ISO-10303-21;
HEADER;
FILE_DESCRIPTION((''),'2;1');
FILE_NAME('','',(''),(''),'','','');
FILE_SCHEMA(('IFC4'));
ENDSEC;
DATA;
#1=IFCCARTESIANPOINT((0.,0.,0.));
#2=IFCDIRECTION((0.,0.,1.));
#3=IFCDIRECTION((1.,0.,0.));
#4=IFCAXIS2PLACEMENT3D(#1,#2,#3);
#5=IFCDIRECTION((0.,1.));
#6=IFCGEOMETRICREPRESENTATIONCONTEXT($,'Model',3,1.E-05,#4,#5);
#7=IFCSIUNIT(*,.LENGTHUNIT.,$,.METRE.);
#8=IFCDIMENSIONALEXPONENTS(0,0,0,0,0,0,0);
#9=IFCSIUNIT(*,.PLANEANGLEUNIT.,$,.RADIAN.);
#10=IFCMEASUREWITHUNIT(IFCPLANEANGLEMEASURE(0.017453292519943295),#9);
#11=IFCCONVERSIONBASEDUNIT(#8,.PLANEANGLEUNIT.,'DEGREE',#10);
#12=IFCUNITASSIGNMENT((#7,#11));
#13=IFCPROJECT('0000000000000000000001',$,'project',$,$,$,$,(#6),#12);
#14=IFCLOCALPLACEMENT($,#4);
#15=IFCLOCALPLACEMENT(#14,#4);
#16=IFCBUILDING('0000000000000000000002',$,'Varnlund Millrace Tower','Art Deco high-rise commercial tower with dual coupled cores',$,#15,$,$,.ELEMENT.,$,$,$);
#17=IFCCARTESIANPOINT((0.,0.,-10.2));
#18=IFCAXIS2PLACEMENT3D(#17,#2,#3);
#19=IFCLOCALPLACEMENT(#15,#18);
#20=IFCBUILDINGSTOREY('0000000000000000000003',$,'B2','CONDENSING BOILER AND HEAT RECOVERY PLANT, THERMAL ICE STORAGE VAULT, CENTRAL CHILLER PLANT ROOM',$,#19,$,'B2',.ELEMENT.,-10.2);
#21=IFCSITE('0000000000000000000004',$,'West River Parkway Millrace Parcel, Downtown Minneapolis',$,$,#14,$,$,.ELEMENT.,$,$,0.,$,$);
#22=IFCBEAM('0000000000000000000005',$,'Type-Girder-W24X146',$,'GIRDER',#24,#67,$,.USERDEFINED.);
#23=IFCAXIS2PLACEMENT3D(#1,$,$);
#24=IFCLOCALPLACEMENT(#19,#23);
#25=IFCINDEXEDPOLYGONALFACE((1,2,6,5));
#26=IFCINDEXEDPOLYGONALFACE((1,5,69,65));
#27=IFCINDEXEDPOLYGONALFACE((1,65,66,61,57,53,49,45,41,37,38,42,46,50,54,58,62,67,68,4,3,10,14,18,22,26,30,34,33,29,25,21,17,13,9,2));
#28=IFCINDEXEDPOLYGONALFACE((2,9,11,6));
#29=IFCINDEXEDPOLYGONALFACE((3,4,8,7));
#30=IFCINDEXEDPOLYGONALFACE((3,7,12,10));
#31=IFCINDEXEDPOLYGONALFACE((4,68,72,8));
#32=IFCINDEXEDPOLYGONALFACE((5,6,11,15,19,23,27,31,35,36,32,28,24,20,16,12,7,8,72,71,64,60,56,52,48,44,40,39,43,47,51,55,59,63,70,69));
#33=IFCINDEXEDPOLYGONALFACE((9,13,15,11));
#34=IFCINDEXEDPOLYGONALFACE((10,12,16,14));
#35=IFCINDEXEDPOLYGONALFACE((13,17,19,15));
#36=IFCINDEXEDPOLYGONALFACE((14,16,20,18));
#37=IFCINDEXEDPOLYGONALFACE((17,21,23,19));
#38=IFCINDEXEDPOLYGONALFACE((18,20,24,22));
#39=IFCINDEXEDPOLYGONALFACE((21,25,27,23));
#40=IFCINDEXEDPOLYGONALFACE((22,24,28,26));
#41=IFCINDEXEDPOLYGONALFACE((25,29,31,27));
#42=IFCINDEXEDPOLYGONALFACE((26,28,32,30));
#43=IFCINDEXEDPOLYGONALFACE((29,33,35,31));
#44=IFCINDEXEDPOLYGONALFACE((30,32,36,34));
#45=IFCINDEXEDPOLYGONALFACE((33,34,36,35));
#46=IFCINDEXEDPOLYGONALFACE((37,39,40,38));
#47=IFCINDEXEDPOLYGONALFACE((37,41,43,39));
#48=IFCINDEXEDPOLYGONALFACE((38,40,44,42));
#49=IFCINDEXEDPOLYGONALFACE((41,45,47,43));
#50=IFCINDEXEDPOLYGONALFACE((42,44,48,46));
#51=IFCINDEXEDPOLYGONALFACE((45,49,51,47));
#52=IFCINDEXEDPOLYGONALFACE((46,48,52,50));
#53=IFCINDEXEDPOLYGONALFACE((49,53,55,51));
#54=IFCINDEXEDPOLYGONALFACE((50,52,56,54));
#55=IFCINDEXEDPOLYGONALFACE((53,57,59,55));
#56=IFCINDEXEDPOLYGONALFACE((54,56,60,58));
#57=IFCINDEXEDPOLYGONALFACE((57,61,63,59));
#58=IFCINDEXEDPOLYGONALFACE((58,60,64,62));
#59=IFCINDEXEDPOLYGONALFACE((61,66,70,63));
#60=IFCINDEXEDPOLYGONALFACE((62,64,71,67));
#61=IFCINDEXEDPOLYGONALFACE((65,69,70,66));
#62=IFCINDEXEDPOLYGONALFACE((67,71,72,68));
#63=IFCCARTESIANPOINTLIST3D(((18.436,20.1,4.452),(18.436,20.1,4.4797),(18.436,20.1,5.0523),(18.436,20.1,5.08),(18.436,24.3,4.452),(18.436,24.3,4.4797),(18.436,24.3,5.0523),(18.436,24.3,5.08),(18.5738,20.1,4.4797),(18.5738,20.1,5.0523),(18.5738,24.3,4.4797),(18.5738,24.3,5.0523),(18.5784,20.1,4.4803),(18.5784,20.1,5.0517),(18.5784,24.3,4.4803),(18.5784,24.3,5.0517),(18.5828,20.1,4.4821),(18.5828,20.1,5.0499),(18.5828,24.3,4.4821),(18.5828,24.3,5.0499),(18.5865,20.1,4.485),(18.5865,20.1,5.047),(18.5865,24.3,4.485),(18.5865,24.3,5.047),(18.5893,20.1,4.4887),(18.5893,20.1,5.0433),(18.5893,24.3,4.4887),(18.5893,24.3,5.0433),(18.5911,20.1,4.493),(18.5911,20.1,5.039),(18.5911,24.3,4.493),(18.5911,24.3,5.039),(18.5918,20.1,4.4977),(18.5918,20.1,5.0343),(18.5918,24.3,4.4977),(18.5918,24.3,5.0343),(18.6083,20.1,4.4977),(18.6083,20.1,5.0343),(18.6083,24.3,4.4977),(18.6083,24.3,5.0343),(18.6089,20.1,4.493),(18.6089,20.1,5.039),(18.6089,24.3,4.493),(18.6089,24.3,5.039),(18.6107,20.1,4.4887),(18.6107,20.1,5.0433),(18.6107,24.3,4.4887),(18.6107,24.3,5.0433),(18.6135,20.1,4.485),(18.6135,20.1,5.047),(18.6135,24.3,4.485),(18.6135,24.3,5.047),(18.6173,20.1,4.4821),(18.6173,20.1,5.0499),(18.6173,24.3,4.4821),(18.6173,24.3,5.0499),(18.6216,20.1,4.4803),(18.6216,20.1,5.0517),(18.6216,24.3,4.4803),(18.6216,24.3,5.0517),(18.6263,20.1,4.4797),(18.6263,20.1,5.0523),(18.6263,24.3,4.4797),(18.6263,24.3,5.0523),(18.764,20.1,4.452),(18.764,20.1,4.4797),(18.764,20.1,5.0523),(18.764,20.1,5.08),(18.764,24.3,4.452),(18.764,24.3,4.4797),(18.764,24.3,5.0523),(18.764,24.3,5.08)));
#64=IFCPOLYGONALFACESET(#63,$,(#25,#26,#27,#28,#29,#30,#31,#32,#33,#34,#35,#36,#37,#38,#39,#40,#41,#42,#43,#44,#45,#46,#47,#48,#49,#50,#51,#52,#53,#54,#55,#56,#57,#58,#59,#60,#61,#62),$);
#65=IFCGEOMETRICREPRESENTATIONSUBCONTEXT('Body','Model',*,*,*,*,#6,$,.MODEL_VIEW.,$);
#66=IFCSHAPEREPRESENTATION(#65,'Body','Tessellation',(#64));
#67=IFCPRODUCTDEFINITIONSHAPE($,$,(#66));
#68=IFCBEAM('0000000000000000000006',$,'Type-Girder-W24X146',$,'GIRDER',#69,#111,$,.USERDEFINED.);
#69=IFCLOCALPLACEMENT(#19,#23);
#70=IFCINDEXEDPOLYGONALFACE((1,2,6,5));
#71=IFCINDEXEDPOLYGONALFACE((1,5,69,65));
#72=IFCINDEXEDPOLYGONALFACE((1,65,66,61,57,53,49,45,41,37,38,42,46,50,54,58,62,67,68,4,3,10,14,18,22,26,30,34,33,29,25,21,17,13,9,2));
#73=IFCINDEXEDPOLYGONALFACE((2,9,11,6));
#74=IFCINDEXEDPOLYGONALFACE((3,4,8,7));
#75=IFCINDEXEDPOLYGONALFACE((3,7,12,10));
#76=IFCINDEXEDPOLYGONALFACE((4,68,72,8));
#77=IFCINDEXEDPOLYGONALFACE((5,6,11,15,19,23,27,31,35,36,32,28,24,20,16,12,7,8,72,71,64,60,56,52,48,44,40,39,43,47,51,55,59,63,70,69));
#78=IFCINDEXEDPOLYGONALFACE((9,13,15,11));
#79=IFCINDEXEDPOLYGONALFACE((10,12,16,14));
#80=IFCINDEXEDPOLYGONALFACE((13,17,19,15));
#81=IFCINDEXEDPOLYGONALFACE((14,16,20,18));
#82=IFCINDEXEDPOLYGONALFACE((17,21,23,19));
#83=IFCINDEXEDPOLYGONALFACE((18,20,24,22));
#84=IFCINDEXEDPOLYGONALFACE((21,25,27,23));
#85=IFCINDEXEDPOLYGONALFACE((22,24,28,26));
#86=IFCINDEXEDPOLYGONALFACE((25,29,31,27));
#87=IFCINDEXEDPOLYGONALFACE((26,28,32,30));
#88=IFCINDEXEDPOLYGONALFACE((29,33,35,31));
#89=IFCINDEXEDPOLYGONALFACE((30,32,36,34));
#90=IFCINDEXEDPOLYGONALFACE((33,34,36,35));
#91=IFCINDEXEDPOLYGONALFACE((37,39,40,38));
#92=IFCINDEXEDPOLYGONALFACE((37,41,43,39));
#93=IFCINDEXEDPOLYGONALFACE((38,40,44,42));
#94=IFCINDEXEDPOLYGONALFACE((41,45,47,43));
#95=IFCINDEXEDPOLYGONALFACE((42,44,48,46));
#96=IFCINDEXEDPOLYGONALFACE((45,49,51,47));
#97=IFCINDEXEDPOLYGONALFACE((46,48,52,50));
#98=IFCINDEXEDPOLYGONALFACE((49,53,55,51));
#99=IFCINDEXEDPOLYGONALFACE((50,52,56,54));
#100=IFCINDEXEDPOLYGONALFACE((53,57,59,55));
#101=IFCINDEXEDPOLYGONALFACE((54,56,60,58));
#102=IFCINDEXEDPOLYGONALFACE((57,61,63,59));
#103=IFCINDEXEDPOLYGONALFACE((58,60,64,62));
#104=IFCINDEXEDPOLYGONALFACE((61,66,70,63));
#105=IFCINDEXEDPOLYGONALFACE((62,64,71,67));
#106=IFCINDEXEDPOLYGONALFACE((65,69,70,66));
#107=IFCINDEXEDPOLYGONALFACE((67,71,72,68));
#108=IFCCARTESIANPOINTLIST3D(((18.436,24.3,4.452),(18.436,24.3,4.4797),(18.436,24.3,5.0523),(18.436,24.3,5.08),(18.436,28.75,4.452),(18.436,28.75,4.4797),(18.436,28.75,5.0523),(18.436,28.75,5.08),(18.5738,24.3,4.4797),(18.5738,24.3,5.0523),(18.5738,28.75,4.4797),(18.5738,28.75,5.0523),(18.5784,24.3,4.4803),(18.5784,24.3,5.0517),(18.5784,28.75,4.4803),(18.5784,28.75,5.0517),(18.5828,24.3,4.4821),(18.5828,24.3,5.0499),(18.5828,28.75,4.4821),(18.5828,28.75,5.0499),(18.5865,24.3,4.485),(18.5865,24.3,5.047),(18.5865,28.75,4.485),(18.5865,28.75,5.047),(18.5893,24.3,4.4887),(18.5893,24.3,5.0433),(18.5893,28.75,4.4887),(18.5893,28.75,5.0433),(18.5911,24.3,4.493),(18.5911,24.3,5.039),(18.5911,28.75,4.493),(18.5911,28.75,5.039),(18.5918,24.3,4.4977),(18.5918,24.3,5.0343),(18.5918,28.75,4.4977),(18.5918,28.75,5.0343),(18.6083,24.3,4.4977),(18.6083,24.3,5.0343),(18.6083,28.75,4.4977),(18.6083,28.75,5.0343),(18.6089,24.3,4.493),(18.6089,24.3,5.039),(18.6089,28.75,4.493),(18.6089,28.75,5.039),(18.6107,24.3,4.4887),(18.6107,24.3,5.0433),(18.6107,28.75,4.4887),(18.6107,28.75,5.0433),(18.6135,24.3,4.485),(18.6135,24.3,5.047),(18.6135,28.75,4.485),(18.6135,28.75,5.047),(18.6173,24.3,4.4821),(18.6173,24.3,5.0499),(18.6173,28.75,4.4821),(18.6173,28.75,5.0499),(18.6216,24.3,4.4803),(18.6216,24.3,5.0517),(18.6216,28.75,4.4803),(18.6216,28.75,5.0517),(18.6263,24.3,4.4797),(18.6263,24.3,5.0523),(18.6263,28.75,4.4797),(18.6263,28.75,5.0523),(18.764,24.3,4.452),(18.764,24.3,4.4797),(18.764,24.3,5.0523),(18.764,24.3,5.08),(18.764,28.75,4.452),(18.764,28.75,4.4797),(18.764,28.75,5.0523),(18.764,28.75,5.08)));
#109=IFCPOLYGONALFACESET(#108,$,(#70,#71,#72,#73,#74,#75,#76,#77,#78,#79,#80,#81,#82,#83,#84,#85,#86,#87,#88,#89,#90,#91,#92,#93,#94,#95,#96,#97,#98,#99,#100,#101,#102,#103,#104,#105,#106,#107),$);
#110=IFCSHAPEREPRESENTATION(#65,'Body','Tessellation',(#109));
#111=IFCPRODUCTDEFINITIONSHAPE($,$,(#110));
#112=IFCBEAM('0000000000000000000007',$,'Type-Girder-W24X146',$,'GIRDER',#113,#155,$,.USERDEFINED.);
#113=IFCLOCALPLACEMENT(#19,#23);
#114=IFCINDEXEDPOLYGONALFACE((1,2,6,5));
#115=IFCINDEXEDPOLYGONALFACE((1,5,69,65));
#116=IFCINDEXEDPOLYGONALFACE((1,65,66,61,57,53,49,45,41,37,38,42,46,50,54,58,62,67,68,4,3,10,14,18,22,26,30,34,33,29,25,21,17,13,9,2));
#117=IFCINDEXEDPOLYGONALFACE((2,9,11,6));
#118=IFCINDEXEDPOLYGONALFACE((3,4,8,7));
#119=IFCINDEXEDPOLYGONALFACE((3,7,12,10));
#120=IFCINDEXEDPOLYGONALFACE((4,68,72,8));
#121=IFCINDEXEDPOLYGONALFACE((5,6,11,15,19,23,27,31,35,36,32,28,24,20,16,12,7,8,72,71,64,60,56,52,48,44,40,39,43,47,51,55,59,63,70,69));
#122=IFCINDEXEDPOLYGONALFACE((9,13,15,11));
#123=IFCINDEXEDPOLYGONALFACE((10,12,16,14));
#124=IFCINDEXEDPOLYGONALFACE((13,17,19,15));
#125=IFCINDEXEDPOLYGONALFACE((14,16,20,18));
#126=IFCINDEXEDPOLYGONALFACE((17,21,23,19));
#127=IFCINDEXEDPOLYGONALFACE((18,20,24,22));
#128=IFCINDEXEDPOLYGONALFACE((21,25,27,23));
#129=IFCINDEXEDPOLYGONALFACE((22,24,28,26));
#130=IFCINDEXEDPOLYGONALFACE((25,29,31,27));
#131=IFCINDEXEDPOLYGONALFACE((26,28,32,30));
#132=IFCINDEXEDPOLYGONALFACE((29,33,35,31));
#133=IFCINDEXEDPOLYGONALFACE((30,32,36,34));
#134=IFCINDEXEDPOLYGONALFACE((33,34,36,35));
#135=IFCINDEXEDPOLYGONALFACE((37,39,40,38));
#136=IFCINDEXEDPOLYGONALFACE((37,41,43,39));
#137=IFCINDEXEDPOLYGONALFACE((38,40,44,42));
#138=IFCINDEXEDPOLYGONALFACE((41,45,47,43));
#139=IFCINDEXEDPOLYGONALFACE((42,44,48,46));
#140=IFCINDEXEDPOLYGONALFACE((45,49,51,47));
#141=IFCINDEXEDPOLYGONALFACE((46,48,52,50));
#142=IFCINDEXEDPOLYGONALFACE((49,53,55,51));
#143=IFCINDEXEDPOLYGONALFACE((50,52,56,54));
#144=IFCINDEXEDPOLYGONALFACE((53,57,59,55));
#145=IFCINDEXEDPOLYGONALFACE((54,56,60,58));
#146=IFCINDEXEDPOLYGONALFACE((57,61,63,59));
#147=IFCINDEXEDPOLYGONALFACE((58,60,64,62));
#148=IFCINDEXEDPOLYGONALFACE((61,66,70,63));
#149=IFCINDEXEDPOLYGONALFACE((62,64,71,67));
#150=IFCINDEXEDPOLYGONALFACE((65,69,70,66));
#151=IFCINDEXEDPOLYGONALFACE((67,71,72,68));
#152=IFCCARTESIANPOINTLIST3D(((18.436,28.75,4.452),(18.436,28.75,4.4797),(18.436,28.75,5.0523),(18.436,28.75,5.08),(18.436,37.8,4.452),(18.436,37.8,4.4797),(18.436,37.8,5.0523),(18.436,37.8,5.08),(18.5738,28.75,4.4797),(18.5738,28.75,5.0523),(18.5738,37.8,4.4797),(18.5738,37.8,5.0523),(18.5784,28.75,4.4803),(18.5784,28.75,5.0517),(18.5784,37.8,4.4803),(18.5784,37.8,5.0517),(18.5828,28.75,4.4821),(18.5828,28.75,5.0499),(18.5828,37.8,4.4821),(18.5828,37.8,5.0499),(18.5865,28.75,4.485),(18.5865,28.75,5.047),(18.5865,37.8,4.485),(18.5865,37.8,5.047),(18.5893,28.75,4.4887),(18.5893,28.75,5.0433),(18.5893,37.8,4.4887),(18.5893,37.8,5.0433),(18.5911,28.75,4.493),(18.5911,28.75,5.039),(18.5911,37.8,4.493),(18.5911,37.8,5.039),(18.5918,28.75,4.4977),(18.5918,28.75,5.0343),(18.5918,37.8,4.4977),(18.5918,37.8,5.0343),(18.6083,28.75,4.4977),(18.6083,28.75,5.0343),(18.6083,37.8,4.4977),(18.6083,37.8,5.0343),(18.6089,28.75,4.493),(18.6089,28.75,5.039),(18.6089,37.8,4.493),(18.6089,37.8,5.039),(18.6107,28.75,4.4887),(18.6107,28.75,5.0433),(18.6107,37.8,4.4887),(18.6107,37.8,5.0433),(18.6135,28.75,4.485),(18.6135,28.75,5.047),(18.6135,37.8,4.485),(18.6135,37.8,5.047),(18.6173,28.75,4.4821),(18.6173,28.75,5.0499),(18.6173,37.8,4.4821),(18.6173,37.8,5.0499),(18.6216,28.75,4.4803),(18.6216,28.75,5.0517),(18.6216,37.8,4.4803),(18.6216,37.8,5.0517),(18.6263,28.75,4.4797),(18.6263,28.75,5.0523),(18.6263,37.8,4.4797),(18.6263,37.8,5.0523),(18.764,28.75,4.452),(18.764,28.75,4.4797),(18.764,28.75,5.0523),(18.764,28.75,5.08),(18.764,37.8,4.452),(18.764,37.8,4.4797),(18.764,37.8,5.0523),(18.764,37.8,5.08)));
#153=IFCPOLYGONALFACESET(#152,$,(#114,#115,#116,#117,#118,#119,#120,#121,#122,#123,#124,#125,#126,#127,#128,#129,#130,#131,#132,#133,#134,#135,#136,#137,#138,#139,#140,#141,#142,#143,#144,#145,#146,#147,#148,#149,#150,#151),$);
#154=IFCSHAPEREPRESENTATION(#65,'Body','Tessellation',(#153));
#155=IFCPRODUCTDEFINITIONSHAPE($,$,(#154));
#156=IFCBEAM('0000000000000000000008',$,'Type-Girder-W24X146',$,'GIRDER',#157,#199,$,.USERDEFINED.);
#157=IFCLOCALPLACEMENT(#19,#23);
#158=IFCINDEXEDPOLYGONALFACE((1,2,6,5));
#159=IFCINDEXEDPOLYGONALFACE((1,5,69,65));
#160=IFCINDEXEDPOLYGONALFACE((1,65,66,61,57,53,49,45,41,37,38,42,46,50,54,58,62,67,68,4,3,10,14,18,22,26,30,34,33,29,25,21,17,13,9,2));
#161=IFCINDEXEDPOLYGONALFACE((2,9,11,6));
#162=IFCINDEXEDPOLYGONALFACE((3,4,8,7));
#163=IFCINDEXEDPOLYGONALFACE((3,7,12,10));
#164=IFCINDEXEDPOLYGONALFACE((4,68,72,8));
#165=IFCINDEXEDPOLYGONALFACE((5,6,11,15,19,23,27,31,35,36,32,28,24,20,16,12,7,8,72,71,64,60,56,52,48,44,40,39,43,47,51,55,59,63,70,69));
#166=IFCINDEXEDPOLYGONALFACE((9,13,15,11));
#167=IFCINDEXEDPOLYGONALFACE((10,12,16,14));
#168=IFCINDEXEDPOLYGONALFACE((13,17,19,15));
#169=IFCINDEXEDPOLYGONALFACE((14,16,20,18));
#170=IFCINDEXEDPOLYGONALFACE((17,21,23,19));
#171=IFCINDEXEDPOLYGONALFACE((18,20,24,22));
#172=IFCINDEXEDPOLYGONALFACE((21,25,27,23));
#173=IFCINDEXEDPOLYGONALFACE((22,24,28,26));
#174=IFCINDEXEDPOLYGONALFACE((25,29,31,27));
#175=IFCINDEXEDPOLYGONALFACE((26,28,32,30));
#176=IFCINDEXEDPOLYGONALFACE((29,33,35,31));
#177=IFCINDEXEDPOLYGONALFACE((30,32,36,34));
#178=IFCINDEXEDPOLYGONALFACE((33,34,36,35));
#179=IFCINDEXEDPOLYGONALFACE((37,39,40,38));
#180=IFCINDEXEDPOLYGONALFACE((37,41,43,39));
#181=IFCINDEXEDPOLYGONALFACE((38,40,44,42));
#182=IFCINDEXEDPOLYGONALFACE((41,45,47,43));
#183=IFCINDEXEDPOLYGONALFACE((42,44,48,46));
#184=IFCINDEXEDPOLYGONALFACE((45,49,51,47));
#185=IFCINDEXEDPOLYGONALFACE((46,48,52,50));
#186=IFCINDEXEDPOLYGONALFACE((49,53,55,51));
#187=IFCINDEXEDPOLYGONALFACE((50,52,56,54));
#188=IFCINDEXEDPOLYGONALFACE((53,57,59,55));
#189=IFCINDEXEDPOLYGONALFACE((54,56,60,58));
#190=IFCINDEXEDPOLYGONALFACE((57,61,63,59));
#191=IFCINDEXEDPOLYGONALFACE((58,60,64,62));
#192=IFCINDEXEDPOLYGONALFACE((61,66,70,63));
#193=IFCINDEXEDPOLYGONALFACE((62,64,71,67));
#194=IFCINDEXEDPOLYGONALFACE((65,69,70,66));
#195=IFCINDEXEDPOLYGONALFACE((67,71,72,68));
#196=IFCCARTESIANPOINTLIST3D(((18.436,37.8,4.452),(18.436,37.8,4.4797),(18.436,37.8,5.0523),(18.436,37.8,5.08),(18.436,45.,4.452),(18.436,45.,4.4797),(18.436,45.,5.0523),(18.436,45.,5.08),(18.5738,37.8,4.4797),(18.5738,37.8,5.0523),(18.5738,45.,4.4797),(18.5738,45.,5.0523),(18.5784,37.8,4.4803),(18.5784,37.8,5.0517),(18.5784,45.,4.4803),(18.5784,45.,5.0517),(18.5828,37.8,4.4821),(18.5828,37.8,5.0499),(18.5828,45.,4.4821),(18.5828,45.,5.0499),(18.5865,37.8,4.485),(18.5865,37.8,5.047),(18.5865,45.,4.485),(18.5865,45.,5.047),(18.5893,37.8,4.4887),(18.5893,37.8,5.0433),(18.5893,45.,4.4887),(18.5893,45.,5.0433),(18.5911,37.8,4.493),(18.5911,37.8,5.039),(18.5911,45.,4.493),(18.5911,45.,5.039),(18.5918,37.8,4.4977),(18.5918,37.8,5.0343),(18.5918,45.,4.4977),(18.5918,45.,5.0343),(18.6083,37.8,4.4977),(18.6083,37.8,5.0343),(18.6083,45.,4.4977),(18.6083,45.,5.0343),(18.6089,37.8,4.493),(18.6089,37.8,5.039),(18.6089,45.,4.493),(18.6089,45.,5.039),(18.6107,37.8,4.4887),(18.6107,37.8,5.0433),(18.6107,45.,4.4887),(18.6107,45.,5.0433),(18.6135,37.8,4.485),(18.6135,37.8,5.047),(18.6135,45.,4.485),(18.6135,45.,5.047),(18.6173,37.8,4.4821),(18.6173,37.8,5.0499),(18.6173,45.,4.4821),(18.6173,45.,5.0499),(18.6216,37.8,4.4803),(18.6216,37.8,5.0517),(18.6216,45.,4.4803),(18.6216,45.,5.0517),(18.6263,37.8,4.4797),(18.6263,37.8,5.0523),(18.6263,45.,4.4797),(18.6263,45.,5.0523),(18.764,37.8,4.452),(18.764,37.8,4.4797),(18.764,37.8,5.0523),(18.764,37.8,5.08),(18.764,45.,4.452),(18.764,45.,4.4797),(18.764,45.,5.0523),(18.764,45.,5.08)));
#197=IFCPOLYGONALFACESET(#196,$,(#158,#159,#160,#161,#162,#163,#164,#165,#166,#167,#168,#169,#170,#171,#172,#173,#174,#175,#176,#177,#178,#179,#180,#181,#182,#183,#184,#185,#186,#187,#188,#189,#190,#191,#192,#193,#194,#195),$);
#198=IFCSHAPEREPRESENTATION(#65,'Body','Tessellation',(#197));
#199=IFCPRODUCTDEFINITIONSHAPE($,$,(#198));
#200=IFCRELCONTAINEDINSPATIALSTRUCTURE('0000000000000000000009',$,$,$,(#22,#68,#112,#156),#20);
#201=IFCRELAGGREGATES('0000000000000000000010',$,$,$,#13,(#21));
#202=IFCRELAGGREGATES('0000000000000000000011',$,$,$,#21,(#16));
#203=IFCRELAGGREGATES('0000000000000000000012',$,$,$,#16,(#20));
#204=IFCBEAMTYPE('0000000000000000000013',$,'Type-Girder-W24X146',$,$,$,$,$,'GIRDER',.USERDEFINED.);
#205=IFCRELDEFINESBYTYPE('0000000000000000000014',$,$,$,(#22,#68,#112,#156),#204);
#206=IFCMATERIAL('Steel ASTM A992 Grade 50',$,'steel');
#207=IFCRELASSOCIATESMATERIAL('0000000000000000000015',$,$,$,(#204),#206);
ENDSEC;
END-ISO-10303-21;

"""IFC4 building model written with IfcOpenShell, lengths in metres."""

from ifc_helpers import new_model, entity, si_unit, converted_unit, direction, frame, origin_with_axes, origin_2d_with_axis, place, context, subcontext, project, spatial, i_section, extrude, material, material_profile, profile_set, type_object, element, save


model = new_model("IFC4")

# Units and contexts
model_context = context("Model", 3, precision=1e-05, world=origin_with_axes(), true_north=direction((0.0, 1.0)))
body_context = subcontext(model_context, "Body", "Model", "MODEL_VIEW")
ifc_project = project(units=[si_unit("LENGTHUNIT", "METRE"), converted_unit("PLANEANGLEUNIT", "DEGREE", entity("IfcPlaneAngleMeasure", 0.017453292519943295), si_unit("PLANEANGLEUNIT", "RADIAN"), dimensions=[0, 0, 0, 0, 0, 0, 0])], contexts=[model_context])

# Site, building, storey
site_placement = place(None, origin_with_axes())
site = spatial("IfcSite", under=ifc_project, at=site_placement, Name="West River Parkway Millrace Parcel, Downtown Minneapolis", CompositionType="ELEMENT", RefElevation=0.0)
building_placement = place(site_placement, origin_with_axes())
building = spatial("IfcBuilding", under=site, at=building_placement, Name="Varnlund Millrace Tower", Description="Art Deco high-rise commercial tower with dual coupled cores", CompositionType="ELEMENT")
storey_placement = place(building_placement, frame((0.0, 0.0, -10.2), z_axis=(0.0, 0.0, 1.0), x_axis=(1.0, 0.0, 0.0)))
storey = spatial("IfcBuildingStorey", under=building, at=storey_placement, Name="B2", Description="CONDENSING BOILER AND HEAT RECOVERY PLANT, THERMAL ICE STORAGE VAULT, CENTRAL CHILLER PLANT ROOM", LongName="B2", CompositionType="ELEMENT", Elevation=-10.2)

# Beams
ifc_material_1 = material(Name="Steel ASTM A992 Grade 50", Category="steel")
ifc_material_profile_1 = material_profile(ifc_material_1, i_section(OverallWidth=0.328, OverallDepth=0.628, WebThickness=0.0165, FlangeThickness=0.0277, FilletRadius=0.018, at=origin_2d_with_axis()), Name="Steel ASTM A992 Grade 50")
ifc_profile_set_1 = profile_set([ifc_material_profile_1], Name="Steel ASTM A992 Grade 50")
beam_type_1 = type_object("IfcBeamType", Name="Type-Girder-W24X146", ElementType="GIRDER", PredefinedType="USERDEFINED", material=ifc_profile_set_1)
beam_1_placement = place(storey_placement, frame((18.6, 20.1, 4.766), z_axis=(0.0, 1.0, 0.0), x_axis=(-1.0, 0.0, 0.0)))
element("IfcBeam", 1, at=beam_1_placement, inside=storey, type_object=beam_type_1, Name="Type-Girder-W24X146", ObjectType="GIRDER", PredefinedType="USERDEFINED", context=body_context, shape_type="SweptSolid", body=[
    extrude(i_section(OverallWidth=0.328, OverallDepth=0.628, WebThickness=0.0165, FlangeThickness=0.0277, FilletRadius=0.018, at=origin_2d_with_axis()), origin_with_axes(), (0.0, 0.0, 1.0), 4.2),
])
beam_2_placement = place(storey_placement, frame((18.6, 24.3, 4.766), z_axis=(0.0, 1.0, 0.0), x_axis=(-1.0, 0.0, 0.0)))
element("IfcBeam", 2, at=beam_2_placement, inside=storey, type_object=beam_type_1, Name="Type-Girder-W24X146", ObjectType="GIRDER", PredefinedType="USERDEFINED", context=body_context, shape_type="SweptSolid", body=[
    extrude(i_section(OverallWidth=0.328, OverallDepth=0.628, WebThickness=0.0165, FlangeThickness=0.0277, FilletRadius=0.018, at=origin_2d_with_axis()), origin_with_axes(), (0.0, 0.0, 1.0), 4.45),
])
beam_3_placement = place(storey_placement, frame((18.6, 28.75, 4.766), z_axis=(0.0, 1.0, 0.0), x_axis=(-1.0, 0.0, 0.0)))
element("IfcBeam", 3, at=beam_3_placement, inside=storey, type_object=beam_type_1, Name="Type-Girder-W24X146", ObjectType="GIRDER", PredefinedType="USERDEFINED", context=body_context, shape_type="SweptSolid", body=[
    extrude(i_section(OverallWidth=0.328, OverallDepth=0.628, WebThickness=0.0165, FlangeThickness=0.0277, FilletRadius=0.018, at=origin_2d_with_axis()), origin_with_axes(), (0.0, 0.0, 1.0), 9.05),
])
beam_4_placement = place(storey_placement, frame((18.6, 37.8, 4.766), z_axis=(0.0, 1.0, 0.0), x_axis=(-1.0, 0.0, 0.0)))
element("IfcBeam", 4, at=beam_4_placement, inside=storey, type_object=beam_type_1, Name="Type-Girder-W24X146", ObjectType="GIRDER", PredefinedType="USERDEFINED", context=body_context, shape_type="SweptSolid", body=[
    extrude(i_section(OverallWidth=0.328, OverallDepth=0.628, WebThickness=0.0165, FlangeThickness=0.0277, FilletRadius=0.018, at=origin_2d_with_axis()), origin_with_axes(), (0.0, 0.0, 1.0), 7.2),
])

save(model, "model.ifc")
